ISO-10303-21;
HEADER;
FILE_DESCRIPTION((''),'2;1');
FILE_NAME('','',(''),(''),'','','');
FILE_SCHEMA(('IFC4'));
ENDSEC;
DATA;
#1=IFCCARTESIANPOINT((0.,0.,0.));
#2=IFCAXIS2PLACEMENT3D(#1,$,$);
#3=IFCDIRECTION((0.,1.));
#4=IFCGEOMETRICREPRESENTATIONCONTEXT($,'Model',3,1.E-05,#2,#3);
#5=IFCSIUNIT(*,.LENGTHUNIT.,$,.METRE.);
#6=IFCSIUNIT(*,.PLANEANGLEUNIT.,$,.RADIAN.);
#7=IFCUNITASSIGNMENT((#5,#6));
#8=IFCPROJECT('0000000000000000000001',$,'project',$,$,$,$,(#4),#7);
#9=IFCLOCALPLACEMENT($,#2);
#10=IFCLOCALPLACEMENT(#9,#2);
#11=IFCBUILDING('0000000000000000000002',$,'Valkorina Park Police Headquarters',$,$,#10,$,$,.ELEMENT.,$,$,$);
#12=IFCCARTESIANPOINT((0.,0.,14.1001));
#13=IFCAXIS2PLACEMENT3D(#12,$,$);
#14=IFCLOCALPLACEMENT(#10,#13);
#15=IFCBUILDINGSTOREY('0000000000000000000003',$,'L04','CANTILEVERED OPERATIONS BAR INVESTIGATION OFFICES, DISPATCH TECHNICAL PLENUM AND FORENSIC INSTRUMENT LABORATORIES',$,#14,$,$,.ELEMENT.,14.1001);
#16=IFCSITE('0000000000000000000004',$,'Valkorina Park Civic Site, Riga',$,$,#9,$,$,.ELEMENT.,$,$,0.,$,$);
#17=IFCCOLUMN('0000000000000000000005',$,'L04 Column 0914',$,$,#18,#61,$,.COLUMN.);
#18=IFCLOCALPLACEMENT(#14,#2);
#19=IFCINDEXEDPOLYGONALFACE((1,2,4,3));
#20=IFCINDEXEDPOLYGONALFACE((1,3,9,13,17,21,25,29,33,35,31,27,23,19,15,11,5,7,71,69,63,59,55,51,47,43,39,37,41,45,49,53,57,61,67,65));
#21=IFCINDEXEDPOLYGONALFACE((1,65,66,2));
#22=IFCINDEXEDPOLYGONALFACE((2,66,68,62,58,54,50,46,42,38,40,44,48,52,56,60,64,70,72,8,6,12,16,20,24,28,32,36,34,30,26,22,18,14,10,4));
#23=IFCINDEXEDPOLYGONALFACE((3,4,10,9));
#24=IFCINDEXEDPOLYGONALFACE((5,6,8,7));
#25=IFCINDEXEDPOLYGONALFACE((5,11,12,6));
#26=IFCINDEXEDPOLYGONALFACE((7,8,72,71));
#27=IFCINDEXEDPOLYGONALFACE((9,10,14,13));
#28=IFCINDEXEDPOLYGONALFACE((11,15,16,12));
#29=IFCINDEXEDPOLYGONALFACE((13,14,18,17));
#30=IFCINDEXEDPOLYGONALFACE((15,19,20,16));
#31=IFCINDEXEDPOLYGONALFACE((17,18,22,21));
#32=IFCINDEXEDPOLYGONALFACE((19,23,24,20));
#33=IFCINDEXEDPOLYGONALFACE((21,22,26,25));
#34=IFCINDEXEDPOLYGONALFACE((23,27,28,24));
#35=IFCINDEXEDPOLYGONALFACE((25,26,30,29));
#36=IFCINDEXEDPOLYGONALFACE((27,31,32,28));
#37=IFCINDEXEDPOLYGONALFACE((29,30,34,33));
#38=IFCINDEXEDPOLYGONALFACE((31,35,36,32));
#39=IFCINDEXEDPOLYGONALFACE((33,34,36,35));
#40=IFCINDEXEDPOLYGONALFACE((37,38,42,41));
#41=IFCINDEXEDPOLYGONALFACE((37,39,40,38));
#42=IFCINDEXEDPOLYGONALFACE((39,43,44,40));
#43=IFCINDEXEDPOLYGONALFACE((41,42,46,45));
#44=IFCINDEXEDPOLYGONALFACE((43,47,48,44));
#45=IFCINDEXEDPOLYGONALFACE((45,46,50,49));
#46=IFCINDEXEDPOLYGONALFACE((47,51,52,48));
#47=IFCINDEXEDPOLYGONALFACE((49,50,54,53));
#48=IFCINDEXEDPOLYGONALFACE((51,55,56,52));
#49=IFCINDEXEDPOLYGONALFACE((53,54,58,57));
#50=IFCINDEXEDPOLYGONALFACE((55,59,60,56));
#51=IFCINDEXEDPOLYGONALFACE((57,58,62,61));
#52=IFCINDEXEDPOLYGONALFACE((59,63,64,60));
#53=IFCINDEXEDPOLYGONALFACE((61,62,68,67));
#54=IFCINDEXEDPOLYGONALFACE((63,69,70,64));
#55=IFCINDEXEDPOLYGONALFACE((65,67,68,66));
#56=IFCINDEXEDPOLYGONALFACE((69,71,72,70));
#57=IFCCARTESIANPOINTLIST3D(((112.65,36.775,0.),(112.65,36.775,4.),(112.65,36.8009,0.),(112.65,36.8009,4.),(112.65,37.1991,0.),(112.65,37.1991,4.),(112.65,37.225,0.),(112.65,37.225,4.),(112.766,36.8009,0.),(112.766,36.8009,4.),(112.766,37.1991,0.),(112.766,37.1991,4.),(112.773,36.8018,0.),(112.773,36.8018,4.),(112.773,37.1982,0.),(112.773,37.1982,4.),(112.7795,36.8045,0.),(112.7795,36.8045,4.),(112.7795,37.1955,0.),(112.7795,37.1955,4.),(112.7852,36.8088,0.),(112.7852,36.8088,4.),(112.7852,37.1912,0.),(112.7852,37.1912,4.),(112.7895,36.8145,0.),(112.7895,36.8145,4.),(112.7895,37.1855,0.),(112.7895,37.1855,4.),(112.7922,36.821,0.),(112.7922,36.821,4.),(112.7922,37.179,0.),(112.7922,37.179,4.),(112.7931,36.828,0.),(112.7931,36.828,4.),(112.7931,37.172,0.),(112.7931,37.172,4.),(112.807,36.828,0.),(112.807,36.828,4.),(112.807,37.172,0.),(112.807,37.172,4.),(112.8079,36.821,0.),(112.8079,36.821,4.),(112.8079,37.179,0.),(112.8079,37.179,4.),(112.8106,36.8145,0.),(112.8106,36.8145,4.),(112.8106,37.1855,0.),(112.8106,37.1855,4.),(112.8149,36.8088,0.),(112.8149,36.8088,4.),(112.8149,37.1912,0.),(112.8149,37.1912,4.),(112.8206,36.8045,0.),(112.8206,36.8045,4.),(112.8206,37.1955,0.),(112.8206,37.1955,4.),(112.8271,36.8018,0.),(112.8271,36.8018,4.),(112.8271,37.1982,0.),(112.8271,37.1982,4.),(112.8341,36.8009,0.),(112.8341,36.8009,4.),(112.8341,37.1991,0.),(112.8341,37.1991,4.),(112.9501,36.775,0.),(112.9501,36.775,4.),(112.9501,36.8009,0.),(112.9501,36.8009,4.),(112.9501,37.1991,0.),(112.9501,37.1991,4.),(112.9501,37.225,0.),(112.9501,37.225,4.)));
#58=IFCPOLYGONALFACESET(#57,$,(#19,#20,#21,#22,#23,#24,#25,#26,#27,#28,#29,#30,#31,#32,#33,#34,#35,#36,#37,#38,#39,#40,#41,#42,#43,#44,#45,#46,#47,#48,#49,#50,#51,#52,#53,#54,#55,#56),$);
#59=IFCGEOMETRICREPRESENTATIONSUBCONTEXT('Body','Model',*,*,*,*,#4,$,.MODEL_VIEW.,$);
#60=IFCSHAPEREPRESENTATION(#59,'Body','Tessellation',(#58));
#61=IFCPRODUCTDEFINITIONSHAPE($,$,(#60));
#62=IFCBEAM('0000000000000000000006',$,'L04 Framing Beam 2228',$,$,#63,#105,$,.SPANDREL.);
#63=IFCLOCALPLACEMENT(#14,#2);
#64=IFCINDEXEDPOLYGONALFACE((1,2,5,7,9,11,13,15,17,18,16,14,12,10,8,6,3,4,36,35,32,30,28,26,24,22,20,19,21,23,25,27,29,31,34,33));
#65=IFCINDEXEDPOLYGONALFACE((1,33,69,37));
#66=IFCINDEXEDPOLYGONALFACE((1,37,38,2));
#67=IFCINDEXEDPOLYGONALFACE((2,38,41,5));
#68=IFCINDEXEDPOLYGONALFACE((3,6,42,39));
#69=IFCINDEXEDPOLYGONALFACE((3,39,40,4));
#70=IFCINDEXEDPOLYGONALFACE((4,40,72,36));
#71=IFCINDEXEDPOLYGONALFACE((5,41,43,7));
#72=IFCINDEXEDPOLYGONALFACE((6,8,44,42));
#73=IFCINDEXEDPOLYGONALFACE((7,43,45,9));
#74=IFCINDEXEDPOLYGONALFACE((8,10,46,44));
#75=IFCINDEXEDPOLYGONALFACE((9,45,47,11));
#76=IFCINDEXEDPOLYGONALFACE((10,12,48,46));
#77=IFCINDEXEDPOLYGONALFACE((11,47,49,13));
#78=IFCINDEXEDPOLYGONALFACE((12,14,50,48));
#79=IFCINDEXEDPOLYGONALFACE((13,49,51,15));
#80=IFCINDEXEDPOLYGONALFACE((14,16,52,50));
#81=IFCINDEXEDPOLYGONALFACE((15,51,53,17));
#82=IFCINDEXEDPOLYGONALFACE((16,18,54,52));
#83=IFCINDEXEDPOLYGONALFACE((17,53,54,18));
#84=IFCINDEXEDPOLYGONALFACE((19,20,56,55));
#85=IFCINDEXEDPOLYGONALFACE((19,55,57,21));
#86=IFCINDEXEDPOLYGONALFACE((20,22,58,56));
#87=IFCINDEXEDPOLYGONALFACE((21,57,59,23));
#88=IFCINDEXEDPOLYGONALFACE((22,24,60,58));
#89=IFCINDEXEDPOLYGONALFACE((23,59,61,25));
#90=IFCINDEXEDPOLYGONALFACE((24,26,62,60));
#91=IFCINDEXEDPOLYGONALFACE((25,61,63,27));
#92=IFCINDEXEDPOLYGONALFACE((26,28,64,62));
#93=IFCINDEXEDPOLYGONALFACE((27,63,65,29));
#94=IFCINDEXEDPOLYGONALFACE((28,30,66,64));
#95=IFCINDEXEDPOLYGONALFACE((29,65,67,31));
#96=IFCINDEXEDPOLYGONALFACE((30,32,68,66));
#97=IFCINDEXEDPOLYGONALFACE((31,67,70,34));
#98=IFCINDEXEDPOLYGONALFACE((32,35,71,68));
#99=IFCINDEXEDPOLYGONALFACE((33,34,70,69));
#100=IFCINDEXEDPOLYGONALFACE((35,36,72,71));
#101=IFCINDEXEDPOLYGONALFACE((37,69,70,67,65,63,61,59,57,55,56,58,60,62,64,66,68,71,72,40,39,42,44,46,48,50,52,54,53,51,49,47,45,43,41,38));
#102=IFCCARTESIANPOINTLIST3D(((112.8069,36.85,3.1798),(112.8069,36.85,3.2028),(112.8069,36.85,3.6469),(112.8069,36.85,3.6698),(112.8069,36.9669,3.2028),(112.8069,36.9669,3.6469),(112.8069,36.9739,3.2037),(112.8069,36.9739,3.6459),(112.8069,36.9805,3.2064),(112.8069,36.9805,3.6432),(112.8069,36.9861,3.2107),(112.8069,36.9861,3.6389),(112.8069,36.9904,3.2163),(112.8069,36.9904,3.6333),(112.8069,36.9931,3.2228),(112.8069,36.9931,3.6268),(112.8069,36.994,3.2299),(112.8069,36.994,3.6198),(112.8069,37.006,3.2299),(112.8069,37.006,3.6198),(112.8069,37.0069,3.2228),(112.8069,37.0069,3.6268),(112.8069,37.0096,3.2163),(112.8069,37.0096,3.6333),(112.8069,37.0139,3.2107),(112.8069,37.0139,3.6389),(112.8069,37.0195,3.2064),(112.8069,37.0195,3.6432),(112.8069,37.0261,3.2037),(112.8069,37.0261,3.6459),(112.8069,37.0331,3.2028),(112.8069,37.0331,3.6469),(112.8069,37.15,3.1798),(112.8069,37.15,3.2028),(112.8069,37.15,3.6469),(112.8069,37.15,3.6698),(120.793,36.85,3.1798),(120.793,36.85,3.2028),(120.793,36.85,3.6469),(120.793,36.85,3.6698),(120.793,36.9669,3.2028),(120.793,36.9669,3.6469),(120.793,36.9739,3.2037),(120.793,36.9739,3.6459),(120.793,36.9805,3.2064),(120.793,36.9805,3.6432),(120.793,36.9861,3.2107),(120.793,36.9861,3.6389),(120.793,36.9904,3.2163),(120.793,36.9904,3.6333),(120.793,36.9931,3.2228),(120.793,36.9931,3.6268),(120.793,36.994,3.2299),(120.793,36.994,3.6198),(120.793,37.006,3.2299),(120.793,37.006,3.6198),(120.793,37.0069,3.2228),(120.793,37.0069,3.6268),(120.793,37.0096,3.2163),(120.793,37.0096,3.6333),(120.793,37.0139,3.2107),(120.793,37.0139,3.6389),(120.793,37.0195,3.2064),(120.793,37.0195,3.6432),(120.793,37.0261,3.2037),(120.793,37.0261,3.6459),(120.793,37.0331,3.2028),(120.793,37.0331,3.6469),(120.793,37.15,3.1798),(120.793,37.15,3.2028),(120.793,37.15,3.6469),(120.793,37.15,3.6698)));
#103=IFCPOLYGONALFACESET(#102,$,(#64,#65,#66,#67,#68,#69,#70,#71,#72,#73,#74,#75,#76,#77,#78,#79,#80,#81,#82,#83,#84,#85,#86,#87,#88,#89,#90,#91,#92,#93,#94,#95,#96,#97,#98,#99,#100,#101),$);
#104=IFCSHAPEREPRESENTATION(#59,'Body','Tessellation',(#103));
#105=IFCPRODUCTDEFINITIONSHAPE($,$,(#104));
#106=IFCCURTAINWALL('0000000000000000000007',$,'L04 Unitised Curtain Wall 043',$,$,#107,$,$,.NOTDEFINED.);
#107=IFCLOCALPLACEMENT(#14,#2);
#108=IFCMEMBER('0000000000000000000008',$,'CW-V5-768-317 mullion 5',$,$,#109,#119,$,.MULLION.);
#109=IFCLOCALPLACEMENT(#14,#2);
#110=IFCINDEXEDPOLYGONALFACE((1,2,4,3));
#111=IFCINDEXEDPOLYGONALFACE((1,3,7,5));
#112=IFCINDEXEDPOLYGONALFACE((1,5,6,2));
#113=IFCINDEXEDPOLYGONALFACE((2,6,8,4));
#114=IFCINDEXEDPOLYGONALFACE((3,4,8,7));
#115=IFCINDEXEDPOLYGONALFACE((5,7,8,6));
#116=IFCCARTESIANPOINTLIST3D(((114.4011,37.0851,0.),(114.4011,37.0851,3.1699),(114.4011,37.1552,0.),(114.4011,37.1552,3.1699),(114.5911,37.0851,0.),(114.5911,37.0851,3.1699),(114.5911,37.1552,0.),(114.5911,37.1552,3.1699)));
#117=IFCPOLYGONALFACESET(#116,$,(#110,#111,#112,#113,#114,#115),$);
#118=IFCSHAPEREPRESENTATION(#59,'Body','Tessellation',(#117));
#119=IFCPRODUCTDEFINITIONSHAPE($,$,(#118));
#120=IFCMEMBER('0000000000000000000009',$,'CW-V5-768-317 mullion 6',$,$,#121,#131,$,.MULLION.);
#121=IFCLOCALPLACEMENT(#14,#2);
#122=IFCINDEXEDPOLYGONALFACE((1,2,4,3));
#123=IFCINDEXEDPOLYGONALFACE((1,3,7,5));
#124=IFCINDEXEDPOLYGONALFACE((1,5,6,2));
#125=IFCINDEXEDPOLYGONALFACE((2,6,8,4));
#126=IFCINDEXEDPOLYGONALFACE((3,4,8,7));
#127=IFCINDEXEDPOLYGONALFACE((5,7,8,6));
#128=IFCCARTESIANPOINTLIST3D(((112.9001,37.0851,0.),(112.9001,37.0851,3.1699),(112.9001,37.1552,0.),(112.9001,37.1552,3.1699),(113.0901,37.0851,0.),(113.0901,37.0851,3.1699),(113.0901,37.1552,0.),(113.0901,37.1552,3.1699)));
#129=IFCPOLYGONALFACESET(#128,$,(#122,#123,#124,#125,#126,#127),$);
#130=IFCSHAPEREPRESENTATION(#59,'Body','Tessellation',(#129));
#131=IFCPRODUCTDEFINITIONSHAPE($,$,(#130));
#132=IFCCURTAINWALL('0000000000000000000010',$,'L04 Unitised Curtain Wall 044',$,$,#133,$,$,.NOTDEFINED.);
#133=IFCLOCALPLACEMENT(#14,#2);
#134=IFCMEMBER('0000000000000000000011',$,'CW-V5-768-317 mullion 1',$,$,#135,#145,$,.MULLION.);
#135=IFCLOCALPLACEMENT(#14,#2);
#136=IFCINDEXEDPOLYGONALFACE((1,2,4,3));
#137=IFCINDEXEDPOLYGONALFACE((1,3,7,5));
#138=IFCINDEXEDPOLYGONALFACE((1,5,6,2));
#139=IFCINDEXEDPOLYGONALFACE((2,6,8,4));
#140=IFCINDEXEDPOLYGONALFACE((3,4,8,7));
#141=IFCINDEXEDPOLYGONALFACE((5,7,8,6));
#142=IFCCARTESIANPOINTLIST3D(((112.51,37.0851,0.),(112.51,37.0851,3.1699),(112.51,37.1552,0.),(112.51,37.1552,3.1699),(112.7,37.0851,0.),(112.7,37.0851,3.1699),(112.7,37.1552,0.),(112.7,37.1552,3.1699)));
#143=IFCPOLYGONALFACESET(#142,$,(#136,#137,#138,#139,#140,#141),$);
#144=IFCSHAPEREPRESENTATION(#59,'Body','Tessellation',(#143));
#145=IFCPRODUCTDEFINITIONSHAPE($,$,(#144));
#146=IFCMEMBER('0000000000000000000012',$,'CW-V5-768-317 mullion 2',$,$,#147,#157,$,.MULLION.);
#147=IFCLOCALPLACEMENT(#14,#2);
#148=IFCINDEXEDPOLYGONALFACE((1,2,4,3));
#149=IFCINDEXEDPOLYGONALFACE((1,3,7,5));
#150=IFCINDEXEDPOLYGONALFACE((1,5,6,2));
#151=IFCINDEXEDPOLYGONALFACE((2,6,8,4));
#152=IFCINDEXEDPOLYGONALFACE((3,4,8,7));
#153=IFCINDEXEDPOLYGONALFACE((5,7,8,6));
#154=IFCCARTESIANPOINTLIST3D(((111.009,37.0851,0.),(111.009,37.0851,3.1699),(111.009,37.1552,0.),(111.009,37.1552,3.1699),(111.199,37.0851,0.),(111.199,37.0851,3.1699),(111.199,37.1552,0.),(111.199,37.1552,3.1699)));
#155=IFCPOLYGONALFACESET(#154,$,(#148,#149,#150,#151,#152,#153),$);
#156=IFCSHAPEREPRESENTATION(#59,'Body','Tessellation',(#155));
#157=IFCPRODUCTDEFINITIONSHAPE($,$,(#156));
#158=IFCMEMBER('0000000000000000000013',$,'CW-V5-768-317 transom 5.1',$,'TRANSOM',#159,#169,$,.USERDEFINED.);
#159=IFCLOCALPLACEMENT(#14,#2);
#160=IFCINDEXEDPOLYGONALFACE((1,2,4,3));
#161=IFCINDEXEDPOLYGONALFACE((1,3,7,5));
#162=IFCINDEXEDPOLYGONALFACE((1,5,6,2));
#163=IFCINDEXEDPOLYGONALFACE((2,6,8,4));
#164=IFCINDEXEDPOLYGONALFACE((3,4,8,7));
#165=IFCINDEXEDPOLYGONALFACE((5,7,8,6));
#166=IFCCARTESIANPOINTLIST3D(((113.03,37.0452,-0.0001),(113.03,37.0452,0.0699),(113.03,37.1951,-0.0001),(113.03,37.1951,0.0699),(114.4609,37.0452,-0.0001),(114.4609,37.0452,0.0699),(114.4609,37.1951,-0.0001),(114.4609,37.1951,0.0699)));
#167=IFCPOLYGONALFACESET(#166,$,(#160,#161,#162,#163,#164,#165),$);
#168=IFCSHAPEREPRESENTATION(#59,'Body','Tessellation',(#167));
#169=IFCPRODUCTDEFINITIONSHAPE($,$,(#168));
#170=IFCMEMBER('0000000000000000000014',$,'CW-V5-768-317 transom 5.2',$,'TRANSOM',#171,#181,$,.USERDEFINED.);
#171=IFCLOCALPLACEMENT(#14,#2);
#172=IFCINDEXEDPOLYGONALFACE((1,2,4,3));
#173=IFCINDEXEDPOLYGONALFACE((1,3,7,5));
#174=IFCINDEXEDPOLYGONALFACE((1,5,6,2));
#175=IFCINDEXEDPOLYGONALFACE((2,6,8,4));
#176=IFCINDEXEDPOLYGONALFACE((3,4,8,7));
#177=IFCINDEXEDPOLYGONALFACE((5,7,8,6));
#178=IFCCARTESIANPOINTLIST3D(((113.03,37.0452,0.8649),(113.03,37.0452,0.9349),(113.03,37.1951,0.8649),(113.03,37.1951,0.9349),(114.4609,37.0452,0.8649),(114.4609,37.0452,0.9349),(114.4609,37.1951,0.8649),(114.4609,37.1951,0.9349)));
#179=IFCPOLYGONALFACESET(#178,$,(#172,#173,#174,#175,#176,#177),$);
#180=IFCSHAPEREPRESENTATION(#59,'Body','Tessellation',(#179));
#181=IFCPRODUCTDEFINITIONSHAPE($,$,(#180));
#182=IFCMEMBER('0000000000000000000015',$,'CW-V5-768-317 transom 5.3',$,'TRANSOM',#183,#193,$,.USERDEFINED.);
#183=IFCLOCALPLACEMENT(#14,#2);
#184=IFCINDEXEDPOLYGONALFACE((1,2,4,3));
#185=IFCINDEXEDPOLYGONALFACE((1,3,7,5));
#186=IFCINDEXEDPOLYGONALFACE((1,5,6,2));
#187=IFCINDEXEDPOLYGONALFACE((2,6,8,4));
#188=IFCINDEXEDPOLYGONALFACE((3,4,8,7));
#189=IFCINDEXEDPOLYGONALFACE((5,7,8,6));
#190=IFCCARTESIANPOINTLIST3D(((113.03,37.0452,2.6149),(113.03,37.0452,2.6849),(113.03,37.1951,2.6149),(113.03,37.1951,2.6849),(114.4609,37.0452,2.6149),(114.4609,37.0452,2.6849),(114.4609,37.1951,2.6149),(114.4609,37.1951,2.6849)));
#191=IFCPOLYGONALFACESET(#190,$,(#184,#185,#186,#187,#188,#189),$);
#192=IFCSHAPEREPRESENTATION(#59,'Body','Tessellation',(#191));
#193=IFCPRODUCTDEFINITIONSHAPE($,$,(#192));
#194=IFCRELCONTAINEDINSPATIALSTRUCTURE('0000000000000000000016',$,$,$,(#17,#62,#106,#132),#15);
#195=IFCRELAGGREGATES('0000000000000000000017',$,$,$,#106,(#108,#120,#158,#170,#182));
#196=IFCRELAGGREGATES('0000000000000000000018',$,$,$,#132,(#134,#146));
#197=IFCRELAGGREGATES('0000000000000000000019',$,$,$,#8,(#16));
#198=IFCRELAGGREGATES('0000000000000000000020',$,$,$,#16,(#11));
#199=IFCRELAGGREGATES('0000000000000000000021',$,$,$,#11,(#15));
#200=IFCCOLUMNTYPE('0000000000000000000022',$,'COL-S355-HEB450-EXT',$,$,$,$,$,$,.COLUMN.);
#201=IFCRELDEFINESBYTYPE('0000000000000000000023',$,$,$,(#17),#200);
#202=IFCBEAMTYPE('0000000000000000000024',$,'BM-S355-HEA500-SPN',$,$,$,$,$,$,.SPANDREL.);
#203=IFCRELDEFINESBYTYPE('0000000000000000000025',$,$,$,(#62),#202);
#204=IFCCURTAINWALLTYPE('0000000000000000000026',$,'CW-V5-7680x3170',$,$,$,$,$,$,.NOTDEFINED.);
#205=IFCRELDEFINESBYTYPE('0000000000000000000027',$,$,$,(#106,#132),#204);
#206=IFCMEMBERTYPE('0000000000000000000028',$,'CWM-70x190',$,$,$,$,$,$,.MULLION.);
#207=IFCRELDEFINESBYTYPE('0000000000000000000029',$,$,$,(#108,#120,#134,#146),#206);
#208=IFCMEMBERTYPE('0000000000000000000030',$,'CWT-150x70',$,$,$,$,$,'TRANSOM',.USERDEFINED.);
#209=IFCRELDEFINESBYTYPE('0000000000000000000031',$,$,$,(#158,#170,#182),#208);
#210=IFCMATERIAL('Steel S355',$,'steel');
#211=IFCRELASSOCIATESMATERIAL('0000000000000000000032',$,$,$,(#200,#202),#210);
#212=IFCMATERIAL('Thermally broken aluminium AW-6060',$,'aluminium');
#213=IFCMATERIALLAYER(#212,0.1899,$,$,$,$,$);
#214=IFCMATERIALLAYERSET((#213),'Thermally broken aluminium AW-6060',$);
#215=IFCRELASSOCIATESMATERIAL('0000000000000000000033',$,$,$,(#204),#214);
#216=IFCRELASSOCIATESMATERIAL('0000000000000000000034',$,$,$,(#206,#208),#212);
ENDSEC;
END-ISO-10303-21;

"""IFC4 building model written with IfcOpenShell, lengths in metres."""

from ifc_helpers import new_model, si_unit, direction, frame, origin, origin_2d, place, context, subcontext, project, spatial, rectangle, i_section, extrude, material, layer, layer_set, material_profile, profile_set, type_object, element, aggregate, save


model = new_model("IFC4")

# Units and contexts
model_context = context("Model", 3, precision=1e-05, world=origin(), true_north=direction((0.0, 1.0)))
body_context = subcontext(model_context, "Body", "Model", "MODEL_VIEW")
ifc_project = project(units=[si_unit("LENGTHUNIT", "METRE"), si_unit("PLANEANGLEUNIT", "RADIAN")], contexts=[model_context])

# Site, building, storey
site_placement = place(None, origin())
site = spatial("IfcSite", under=ifc_project, at=site_placement, Name="Valkorina Park Civic Site, Riga", CompositionType="ELEMENT", RefElevation=0.0)
building_placement = place(site_placement, origin())
building = spatial("IfcBuilding", under=site, at=building_placement, Name="Valkorina Park Police Headquarters", CompositionType="ELEMENT")
storey_placement = place(building_placement, frame((0.0, 0.0, 14.1001)))
storey = spatial("IfcBuildingStorey", under=building, at=storey_placement, Name="L04", Description="CANTILEVERED OPERATIONS BAR INVESTIGATION OFFICES, DISPATCH TECHNICAL PLENUM AND FORENSIC INSTRUMENT LABORATORIES", CompositionType="ELEMENT", Elevation=14.1001)

# Column
ifc_material_1 = material(Name="Steel S355", Category="steel")
ifc_material_profile_1 = material_profile(ifc_material_1, i_section(OverallWidth=0.3, OverallDepth=0.45, WebThickness=0.0139, FlangeThickness=0.0259, FilletRadius=0.0271, at=origin_2d()), Name="HEB 450")
ifc_profile_set_1 = profile_set([ifc_material_profile_1], Name="Steel S355")
column_type = type_object("IfcColumnType", Name="COL-S355-HEB450-EXT", PredefinedType="COLUMN", material=ifc_profile_set_1)
column_placement = place(storey_placement, frame((112.8, 37.0, 0.0), z_axis=(0.0, 0.0, 1.0), x_axis=(1.0, 0.0, 0.0)))
element("IfcColumn", 1, at=column_placement, inside=storey, type_object=column_type, Name="L04 Column 0914", PredefinedType="COLUMN", context=body_context, shape_type="SweptSolid", body=[
    extrude(i_section(OverallWidth=0.3, OverallDepth=0.45, WebThickness=0.0139, FlangeThickness=0.0259, FilletRadius=0.0271, at=origin_2d()), origin(), (0.0, 0.0, 1.0), 4.0),
])

# Beam
ifc_material_profile_2 = material_profile(ifc_material_1, i_section(OverallWidth=0.3, OverallDepth=0.49, WebThickness=0.012, FlangeThickness=0.0229, FilletRadius=0.0271, at=origin_2d()), Name="HEA 500")
ifc_profile_set_2 = profile_set([ifc_material_profile_2], Name="Steel S355")
beam_type = type_object("IfcBeamType", Name="BM-S355-HEA500-SPN", PredefinedType="SPANDREL", material=ifc_profile_set_2)
beam_placement = place(storey_placement, frame((112.8069, 37.0, 3.4248), z_axis=(1.0, 0.0, 0.0), x_axis=(0.0, 1.0, 0.0)))
element("IfcBeam", 2, at=beam_placement, inside=storey, type_object=beam_type, Name="L04 Framing Beam 2228", PredefinedType="SPANDREL", context=body_context, shape_type="SweptSolid", body=[
    extrude(i_section(OverallWidth=0.3, OverallDepth=0.49, WebThickness=0.012, FlangeThickness=0.0229, FilletRadius=0.0271, at=origin_2d()), origin(), (0.0, 0.0, 1.0), 7.9861),
])

# Curtain walls, members
ifc_material_2 = material(Name="Thermally broken aluminium AW-6060", Category="aluminium")
ifc_layer_1 = layer(ifc_material_2, 0.1899)
ifc_layer_set_1 = layer_set([ifc_layer_1], Name="Thermally broken aluminium AW-6060")
curtain_wall_type = type_object("IfcCurtainWallType", Name="CW-V5-7680x3170", PredefinedType="NOTDEFINED", material=ifc_layer_set_1)
curtain_wall_1_placement = place(storey_placement, origin())
curtain_wall_1 = element("IfcCurtainWall", 3, at=curtain_wall_1_placement, inside=storey, type_object=curtain_wall_type, Name="L04 Unitised Curtain Wall 043", PredefinedType="NOTDEFINED")
ifc_material_profile_3 = material_profile(ifc_material_2, rectangle(XDim=0.0701, YDim=0.1899, at=origin_2d()), Name="CWM-02 70x190")
ifc_profile_set_3 = profile_set([ifc_material_profile_3], Name="Thermally broken aluminium AW-6060")
member_type_1 = type_object("IfcMemberType", Name="CWM-70x190", PredefinedType="MULLION", material=ifc_profile_set_3)
member_1_placement = place(storey_placement, frame((114.4961, 37.1201, 0.0), z_axis=(0.0, 0.0, 1.0), x_axis=(0.0, -1.0, 0.0)))
member_1 = element("IfcMember", 4, at=member_1_placement, type_object=member_type_1, Name="CW-V5-768-317 mullion 5", PredefinedType="MULLION", context=body_context, shape_type="SweptSolid", body=[
    extrude(rectangle(XDim=0.0701, YDim=0.1899, at=origin_2d()), origin(), (0.0, 0.0, 1.0), 3.1699),
])
member_2_placement = place(storey_placement, frame((112.9951, 37.1201, 0.0), z_axis=(0.0, 0.0, 1.0), x_axis=(0.0, -1.0, 0.0)))
member_2 = element("IfcMember", 5, at=member_2_placement, type_object=member_type_1, Name="CW-V5-768-317 mullion 6", PredefinedType="MULLION", context=body_context, shape_type="SweptSolid", body=[
    extrude(rectangle(XDim=0.0701, YDim=0.1899, at=origin_2d()), origin(), (0.0, 0.0, 1.0), 3.1699),
])
curtain_wall_2_placement = place(storey_placement, origin())
curtain_wall_2 = element("IfcCurtainWall", 6, at=curtain_wall_2_placement, inside=storey, type_object=curtain_wall_type, Name="L04 Unitised Curtain Wall 044", PredefinedType="NOTDEFINED")
member_3_placement = place(storey_placement, frame((112.605, 37.1201, 0.0), z_axis=(0.0, 0.0, 1.0), x_axis=(0.0, -1.0, 0.0)))
member_3 = element("IfcMember", 7, at=member_3_placement, type_object=member_type_1, Name="CW-V5-768-317 mullion 1", PredefinedType="MULLION", context=body_context, shape_type="SweptSolid", body=[
    extrude(rectangle(XDim=0.0701, YDim=0.1899, at=origin_2d()), origin(), (0.0, 0.0, 1.0), 3.1699),
])
member_4_placement = place(storey_placement, frame((111.104, 37.1201, 0.0), z_axis=(0.0, 0.0, 1.0), x_axis=(0.0, -1.0, 0.0)))
member_4 = element("IfcMember", 8, at=member_4_placement, type_object=member_type_1, Name="CW-V5-768-317 mullion 2", PredefinedType="MULLION", context=body_context, shape_type="SweptSolid", body=[
    extrude(rectangle(XDim=0.0701, YDim=0.1899, at=origin_2d()), origin(), (0.0, 0.0, 1.0), 3.1699),
])

# Members
ifc_material_profile_4 = material_profile(ifc_material_2, rectangle(XDim=0.1499, YDim=0.0701, at=origin_2d()), Name="CWT-02 150x70")
ifc_profile_set_4 = profile_set([ifc_material_profile_4], Name="Thermally broken aluminium AW-6060")
member_type_2 = type_object("IfcMemberType", Name="CWT-150x70", ElementType="TRANSOM", PredefinedType="USERDEFINED", material=ifc_profile_set_4)
member_5_placement = place(storey_placement, frame((114.4609, 37.1201, 0.0349), z_axis=(-1.0, 0.0, 0.0), x_axis=(0.0, -1.0, 0.0)))
member_5 = element("IfcMember", 9, at=member_5_placement, type_object=member_type_2, Name="CW-V5-768-317 transom 5.1", ObjectType="TRANSOM", PredefinedType="USERDEFINED", context=body_context, shape_type="SweptSolid", body=[
    extrude(rectangle(XDim=0.1499, YDim=0.0701, at=origin_2d()), origin(), (0.0, 0.0, 1.0), 1.4309),
])
member_6_placement = place(storey_placement, frame((114.4609, 37.1201, 0.8999), z_axis=(-1.0, 0.0, 0.0), x_axis=(0.0, -1.0, 0.0)))
member_6 = element("IfcMember", 10, at=member_6_placement, type_object=member_type_2, Name="CW-V5-768-317 transom 5.2", ObjectType="TRANSOM", PredefinedType="USERDEFINED", context=body_context, shape_type="SweptSolid", body=[
    extrude(rectangle(XDim=0.1499, YDim=0.0701, at=origin_2d()), origin(), (0.0, 0.0, 1.0), 1.4309),
])
member_7_placement = place(storey_placement, frame((114.4609, 37.1201, 2.6499), z_axis=(-1.0, 0.0, 0.0), x_axis=(0.0, -1.0, 0.0)))
member_7 = element("IfcMember", 11, at=member_7_placement, type_object=member_type_2, Name="CW-V5-768-317 transom 5.3", ObjectType="TRANSOM", PredefinedType="USERDEFINED", context=body_context, shape_type="SweptSolid", body=[
    extrude(rectangle(XDim=0.1499, YDim=0.0701, at=origin_2d()), origin(), (0.0, 0.0, 1.0), 1.4309),
])

aggregate(curtain_wall_1, [member_1, member_2, member_5, member_6, member_7])
aggregate(curtain_wall_2, [member_3, member_4])

save(model, "model.ifc")
